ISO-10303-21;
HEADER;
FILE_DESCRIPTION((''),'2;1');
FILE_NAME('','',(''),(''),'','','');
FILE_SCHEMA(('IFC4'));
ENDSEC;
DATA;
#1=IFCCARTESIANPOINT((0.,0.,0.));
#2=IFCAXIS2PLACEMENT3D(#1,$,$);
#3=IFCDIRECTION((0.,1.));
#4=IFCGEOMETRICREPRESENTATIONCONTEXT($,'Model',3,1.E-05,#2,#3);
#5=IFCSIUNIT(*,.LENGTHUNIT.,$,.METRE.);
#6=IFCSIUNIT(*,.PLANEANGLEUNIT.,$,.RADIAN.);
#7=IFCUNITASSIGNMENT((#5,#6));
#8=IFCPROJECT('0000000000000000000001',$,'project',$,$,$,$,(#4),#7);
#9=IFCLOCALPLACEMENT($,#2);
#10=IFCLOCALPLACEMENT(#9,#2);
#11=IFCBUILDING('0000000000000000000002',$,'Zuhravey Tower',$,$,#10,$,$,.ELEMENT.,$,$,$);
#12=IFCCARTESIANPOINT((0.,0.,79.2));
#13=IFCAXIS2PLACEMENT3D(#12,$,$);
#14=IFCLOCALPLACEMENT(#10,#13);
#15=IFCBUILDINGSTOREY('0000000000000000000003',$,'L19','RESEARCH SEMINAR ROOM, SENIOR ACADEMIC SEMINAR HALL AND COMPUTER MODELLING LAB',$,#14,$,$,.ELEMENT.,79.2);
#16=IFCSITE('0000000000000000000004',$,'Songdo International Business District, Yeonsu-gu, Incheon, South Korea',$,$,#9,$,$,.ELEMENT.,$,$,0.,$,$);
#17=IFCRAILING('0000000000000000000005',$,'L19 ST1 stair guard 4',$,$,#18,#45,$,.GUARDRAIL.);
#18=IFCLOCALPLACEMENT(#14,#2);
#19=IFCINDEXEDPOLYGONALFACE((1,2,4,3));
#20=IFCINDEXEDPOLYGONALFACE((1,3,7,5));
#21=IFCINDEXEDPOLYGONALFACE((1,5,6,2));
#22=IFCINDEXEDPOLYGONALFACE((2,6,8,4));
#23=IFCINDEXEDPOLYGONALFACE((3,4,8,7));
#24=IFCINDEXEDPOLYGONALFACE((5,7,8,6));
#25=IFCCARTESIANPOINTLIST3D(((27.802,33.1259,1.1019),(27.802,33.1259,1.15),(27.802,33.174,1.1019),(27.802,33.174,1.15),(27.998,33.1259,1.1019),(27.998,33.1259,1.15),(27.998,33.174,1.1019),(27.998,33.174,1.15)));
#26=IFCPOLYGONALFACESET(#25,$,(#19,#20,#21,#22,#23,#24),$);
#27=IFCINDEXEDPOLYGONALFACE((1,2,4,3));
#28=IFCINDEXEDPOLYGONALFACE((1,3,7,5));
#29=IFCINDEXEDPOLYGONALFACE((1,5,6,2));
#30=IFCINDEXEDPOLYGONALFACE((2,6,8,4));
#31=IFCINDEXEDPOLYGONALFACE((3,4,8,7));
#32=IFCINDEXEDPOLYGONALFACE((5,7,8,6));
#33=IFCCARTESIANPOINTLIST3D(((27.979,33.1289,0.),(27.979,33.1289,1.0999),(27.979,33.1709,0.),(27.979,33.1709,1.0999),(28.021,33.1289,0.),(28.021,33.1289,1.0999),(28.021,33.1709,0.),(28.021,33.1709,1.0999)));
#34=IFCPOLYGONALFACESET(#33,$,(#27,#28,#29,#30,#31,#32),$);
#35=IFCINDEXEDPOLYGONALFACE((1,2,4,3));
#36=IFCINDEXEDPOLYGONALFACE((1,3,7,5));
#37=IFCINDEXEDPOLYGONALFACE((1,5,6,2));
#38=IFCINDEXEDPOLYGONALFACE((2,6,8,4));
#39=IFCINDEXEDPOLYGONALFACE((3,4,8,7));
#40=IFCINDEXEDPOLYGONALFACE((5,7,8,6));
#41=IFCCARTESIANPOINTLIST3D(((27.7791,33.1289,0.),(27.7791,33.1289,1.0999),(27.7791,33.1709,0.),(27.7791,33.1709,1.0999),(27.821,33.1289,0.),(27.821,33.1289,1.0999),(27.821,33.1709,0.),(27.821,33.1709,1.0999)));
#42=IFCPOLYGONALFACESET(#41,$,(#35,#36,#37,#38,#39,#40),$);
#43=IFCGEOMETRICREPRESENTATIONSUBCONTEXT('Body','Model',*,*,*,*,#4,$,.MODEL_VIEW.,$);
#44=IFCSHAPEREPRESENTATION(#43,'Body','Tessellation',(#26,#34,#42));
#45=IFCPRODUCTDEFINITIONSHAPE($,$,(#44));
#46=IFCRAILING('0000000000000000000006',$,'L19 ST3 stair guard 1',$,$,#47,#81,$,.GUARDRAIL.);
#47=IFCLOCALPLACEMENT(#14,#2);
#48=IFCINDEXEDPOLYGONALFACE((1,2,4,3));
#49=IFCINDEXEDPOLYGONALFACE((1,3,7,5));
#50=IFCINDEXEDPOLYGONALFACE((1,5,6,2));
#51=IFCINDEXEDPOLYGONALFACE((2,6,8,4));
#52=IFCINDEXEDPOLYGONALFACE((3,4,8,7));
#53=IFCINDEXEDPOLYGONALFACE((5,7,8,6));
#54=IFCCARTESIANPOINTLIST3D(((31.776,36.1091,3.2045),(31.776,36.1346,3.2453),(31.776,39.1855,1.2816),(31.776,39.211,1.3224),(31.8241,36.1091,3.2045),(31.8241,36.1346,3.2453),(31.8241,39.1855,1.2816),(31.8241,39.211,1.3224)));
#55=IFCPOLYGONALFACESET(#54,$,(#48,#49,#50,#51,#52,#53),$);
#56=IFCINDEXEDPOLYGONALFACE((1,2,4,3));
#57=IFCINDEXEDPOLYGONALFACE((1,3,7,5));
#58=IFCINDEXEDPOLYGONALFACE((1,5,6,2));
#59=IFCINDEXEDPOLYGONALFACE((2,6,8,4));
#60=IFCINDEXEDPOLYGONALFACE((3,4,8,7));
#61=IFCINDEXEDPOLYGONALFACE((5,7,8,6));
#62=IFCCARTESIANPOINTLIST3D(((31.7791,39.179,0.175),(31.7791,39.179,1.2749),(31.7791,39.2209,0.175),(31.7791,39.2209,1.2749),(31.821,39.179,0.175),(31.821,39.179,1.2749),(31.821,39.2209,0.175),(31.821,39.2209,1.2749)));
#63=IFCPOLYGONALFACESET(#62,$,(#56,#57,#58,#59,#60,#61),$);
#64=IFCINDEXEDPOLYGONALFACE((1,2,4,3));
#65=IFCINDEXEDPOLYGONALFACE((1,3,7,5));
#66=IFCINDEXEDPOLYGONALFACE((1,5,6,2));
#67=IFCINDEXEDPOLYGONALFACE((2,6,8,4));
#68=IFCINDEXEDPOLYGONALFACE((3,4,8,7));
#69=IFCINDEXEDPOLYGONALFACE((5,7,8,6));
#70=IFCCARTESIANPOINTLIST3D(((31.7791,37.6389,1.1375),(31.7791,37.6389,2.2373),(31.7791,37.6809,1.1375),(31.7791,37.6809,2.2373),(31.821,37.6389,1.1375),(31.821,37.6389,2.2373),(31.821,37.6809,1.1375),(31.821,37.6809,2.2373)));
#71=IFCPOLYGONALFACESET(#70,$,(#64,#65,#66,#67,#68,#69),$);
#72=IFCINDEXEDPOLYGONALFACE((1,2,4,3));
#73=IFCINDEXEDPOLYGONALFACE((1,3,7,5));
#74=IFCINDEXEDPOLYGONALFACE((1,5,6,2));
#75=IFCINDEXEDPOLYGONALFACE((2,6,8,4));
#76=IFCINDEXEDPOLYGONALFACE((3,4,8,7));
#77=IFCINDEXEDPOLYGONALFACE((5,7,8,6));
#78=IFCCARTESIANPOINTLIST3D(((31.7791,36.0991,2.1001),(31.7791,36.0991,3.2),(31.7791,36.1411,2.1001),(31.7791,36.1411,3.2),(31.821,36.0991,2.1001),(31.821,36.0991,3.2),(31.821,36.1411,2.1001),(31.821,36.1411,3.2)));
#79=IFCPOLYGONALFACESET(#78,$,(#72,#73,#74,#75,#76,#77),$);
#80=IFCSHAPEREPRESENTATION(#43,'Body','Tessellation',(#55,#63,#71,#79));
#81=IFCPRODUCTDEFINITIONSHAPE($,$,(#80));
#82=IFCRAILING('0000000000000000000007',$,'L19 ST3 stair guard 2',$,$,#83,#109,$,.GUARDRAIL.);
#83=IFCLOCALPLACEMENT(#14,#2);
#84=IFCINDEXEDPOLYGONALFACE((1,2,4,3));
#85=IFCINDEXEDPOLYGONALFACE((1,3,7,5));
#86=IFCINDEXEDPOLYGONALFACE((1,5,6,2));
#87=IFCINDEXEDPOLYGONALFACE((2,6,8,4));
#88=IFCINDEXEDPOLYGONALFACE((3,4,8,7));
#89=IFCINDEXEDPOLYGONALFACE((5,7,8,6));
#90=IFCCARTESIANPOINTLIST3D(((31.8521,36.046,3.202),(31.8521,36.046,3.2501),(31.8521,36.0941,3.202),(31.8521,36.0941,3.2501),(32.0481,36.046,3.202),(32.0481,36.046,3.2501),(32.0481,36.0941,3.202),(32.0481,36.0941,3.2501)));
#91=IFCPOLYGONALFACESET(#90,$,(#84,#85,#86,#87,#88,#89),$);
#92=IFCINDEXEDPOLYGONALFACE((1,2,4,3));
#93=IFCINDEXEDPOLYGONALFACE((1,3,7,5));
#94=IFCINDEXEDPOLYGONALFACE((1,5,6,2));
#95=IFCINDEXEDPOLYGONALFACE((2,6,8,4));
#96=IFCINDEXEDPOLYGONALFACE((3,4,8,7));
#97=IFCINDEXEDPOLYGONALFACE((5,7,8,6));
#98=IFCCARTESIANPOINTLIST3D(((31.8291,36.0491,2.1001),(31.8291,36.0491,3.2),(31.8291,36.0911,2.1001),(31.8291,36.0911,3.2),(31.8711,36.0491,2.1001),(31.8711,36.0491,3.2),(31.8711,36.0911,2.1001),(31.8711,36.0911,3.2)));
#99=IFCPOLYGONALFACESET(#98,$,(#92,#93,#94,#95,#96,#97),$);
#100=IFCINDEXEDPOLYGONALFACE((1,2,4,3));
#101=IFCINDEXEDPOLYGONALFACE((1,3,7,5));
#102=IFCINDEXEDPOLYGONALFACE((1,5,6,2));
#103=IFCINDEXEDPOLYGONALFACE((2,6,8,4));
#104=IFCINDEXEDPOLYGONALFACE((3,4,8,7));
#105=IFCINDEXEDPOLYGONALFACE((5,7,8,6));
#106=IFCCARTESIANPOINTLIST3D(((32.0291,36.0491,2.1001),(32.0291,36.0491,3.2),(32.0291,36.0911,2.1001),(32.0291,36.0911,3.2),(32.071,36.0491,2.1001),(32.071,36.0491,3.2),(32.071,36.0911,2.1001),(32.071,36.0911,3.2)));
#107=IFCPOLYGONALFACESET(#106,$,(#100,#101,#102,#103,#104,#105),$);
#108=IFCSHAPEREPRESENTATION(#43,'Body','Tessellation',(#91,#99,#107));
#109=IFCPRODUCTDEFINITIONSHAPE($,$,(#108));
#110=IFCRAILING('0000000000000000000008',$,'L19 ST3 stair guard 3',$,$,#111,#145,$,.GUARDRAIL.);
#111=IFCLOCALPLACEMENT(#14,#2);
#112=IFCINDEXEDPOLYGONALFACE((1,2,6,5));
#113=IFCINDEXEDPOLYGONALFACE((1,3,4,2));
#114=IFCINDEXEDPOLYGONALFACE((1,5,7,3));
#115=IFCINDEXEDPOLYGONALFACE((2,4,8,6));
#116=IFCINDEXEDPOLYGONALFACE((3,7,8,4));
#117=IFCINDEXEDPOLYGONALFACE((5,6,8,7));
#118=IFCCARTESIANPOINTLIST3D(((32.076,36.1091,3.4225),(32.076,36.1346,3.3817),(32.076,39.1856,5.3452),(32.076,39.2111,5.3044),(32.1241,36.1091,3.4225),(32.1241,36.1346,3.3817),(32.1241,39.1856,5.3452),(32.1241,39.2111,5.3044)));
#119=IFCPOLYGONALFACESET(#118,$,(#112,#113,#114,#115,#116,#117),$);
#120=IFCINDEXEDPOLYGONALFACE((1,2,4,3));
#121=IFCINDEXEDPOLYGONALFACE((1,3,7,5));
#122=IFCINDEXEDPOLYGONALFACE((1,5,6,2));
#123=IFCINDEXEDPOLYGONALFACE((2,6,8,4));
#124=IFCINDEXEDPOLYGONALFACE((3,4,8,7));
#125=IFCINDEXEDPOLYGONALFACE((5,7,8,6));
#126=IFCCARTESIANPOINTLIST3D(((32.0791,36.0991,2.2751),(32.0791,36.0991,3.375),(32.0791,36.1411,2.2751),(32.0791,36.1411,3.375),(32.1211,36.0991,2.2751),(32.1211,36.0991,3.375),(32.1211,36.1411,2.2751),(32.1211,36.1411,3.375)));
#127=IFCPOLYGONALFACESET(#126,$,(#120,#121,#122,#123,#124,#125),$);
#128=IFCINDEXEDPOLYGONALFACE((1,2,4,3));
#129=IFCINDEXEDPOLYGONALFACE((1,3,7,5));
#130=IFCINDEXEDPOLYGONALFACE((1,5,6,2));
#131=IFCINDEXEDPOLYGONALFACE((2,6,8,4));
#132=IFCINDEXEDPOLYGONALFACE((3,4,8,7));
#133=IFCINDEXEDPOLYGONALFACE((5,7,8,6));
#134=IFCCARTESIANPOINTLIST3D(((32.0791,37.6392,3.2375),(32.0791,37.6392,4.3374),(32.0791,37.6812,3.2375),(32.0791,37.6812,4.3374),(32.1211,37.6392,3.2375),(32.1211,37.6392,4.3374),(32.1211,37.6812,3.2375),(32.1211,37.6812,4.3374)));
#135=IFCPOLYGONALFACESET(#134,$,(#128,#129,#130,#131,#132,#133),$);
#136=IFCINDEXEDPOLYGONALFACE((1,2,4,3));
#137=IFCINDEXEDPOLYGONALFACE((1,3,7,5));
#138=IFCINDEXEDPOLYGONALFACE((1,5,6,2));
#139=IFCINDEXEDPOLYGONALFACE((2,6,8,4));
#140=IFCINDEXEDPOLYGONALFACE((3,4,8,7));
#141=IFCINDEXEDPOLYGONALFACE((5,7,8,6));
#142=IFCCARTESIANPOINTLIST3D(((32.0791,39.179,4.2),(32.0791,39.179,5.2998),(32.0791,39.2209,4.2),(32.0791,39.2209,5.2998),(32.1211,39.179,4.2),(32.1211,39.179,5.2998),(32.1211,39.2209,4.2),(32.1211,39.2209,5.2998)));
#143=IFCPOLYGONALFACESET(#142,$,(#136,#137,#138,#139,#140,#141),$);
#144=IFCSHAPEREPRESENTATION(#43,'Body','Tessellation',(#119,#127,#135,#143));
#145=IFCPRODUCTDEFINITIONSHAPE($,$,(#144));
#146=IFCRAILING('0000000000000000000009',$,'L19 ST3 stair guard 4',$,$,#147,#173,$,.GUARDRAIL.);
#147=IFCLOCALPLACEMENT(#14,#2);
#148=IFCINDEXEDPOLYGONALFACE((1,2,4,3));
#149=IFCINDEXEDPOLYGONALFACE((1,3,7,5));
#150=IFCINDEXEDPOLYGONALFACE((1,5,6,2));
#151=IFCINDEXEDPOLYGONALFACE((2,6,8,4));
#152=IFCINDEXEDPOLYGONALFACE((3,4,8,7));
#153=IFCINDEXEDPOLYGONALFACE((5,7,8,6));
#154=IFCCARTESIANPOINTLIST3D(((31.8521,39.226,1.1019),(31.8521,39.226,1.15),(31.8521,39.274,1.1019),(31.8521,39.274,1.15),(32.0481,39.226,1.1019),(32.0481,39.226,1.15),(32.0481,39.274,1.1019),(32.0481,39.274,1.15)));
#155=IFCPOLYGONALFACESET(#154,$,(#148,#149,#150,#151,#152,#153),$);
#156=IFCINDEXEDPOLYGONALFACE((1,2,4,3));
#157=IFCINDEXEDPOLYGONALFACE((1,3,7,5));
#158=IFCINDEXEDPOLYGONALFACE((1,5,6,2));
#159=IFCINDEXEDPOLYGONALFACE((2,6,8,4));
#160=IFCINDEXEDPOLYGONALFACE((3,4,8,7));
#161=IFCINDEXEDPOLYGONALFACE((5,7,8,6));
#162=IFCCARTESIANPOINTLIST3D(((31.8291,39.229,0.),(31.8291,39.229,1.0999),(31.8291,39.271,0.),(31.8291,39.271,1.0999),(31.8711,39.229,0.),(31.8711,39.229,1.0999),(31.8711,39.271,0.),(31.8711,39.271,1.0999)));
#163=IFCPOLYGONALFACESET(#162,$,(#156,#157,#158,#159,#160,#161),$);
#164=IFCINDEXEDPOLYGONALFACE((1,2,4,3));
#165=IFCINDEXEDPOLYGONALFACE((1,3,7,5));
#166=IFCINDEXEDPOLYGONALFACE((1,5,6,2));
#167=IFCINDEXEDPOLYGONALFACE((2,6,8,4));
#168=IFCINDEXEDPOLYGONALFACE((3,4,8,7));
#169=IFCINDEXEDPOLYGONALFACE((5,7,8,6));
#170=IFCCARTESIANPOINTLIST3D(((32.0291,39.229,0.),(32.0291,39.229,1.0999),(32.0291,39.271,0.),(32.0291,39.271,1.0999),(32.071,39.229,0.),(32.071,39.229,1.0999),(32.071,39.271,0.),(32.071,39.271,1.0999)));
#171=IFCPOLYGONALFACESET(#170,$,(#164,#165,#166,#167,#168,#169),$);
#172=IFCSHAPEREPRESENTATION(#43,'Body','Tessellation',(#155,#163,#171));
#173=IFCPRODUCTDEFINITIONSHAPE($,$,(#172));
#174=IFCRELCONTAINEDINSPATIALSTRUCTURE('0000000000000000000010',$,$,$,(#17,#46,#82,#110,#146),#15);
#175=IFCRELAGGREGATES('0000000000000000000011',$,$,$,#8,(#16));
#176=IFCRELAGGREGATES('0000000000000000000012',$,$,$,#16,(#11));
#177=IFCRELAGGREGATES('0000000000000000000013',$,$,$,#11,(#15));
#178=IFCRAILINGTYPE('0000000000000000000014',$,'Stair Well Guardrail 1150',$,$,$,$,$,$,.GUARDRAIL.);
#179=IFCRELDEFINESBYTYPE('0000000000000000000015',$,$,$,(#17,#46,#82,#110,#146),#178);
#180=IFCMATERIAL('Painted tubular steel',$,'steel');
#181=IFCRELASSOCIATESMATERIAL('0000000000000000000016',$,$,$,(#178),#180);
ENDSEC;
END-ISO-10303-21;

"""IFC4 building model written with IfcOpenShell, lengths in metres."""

from ifc_helpers import new_model, si_unit, direction, frame, origin, origin_2d, place, context, subcontext, project, spatial, rectangle, extrude, material, type_object, element, save


model = new_model("IFC4")

# Units and contexts
model_context = context("Model", 3, precision=1e-05, world=origin(), true_north=direction((0.0, 1.0)))
body_context = subcontext(model_context, "Body", "Model", "MODEL_VIEW")
ifc_project = project(units=[si_unit("LENGTHUNIT", "METRE"), si_unit("PLANEANGLEUNIT", "RADIAN")], contexts=[model_context])

# Site, building, storey
site_placement = place(None, origin())
site = spatial("IfcSite", under=ifc_project, at=site_placement, Name="Songdo International Business District, Yeonsu-gu, Incheon, South Korea", CompositionType="ELEMENT", RefElevation=0.0)
building_placement = place(site_placement, origin())
building = spatial("IfcBuilding", under=site, at=building_placement, Name="Zuhravey Tower", CompositionType="ELEMENT")
storey_placement = place(building_placement, frame((0.0, 0.0, 79.2)))
storey = spatial("IfcBuildingStorey", under=building, at=storey_placement, Name="L19", Description="RESEARCH SEMINAR ROOM, SENIOR ACADEMIC SEMINAR HALL AND COMPUTER MODELLING LAB", CompositionType="ELEMENT", Elevation=79.2)

# Railings
ifc_material_1 = material(Name="Painted tubular steel", Category="steel")
railing_type_1 = type_object("IfcRailingType", Name="Stair Well Guardrail 1150", PredefinedType="GUARDRAIL", material=ifc_material_1)
railing_1_placement = place(storey_placement, frame((28.0, 33.1499, 0.0)))
element("IfcRailing", 1, at=railing_1_placement, inside=storey, type_object=railing_type_1, Name="L19 ST1 stair guard 4", PredefinedType="GUARDRAIL", context=body_context, shape_type="SweptSolid", body=[
    extrude(rectangle(XDim=0.0481, YDim=0.0481, at=origin_2d()), frame((-0.002, 0.0, 1.126), z_axis=(-1.0, 0.0, 0.0), x_axis=(0.0, -1.0, 0.0)), (0.0, 0.0, 1.0), 0.196),
    extrude(rectangle(XDim=0.042, YDim=0.042, at=origin_2d()), origin(), (0.0, 0.0, 1.0), 1.0999),
    extrude(rectangle(XDim=0.042, YDim=0.042, at=origin_2d()), frame((-0.2, 0.0, 0.0)), (0.0, 0.0, 1.0), 1.0999),
])
railing_2_placement = place(storey_placement, frame((31.8, 39.2, 0.175)))
element("IfcRailing", 2, at=railing_2_placement, inside=storey, type_object=railing_type_1, Name="L19 ST3 stair guard 1", PredefinedType="GUARDRAIL", context=body_context, shape_type="SweptSolid", body=[
    extrude(rectangle(XDim=0.0481, YDim=0.0481, at=origin_2d()), frame((0.0, -0.0017, 1.127), z_axis=(0.0, -0.847979, 0.530029), x_axis=(1.0, 0.0, 0.0)), (0.0, 0.0, 1.0), 3.6279),
    extrude(rectangle(XDim=0.042, YDim=0.042, at=origin_2d()), origin(), (0.0, 0.0, 1.0), 1.0999),
    extrude(rectangle(XDim=0.042, YDim=0.042, at=origin_2d()), frame((0.0, -1.54, 0.9624)), (0.0, 0.0, 1.0), 1.0999),
    extrude(rectangle(XDim=0.042, YDim=0.042, at=origin_2d()), frame((0.0, -3.0798, 1.925)), (0.0, 0.0, 1.0), 1.0999),
])
railing_3_placement = place(storey_placement, frame((31.8501, 36.0701, 2.1001)))
element("IfcRailing", 3, at=railing_3_placement, inside=storey, type_object=railing_type_1, Name="L19 ST3 stair guard 2", PredefinedType="GUARDRAIL", context=body_context, shape_type="SweptSolid", body=[
    extrude(rectangle(XDim=0.0481, YDim=0.0481, at=origin_2d()), frame((0.002, 0.0, 1.126), z_axis=(1.0, 0.0, 0.0), x_axis=(0.0, 1.0, 0.0)), (0.0, 0.0, 1.0), 0.196),
    extrude(rectangle(XDim=0.042, YDim=0.042, at=origin_2d()), origin(), (0.0, 0.0, 1.0), 1.0999),
    extrude(rectangle(XDim=0.042, YDim=0.042, at=origin_2d()), frame((0.2, 0.0, 0.0)), (0.0, 0.0, 1.0), 1.0999),
])
railing_4_placement = place(storey_placement, frame((32.1001, 36.1201, 2.2751)))
element("IfcRailing", 4, at=railing_4_placement, inside=storey, type_object=railing_type_1, Name="L19 ST3 stair guard 3", PredefinedType="GUARDRAIL", context=body_context, shape_type="SweptSolid", body=[
    extrude(rectangle(XDim=0.0481, YDim=0.0481, at=origin_2d()), frame((0.0, 0.0017, 1.127), z_axis=(0.0, 0.84801, 0.529981), x_axis=(-1.0, 0.0, 0.0)), (0.0, 0.0, 1.0), 3.6279),
    extrude(rectangle(XDim=0.042, YDim=0.042, at=origin_2d()), origin(), (0.0, 0.0, 1.0), 1.0999),
    extrude(rectangle(XDim=0.042, YDim=0.042, at=origin_2d()), frame((0.0, 1.54, 0.9624)), (0.0, 0.0, 1.0), 1.0999),
    extrude(rectangle(XDim=0.042, YDim=0.042, at=origin_2d()), frame((0.0, 3.0798, 1.9248)), (0.0, 0.0, 1.0), 1.0999),
])
railing_5_placement = place(storey_placement, frame((31.8501, 39.25, 0.0)))
element("IfcRailing", 5, at=railing_5_placement, inside=storey, type_object=railing_type_1, Name="L19 ST3 stair guard 4", PredefinedType="GUARDRAIL", context=body_context, shape_type="SweptSolid", body=[
    extrude(rectangle(XDim=0.0481, YDim=0.0481, at=origin_2d()), frame((0.002, 0.0, 1.126), z_axis=(1.0, 0.0, 0.0), x_axis=(0.0, 1.0, 0.0)), (0.0, 0.0, 1.0), 0.196),
    extrude(rectangle(XDim=0.042, YDim=0.042, at=origin_2d()), origin(), (0.0, 0.0, 1.0), 1.0999),
    extrude(rectangle(XDim=0.042, YDim=0.042, at=origin_2d()), frame((0.2, 0.0, 0.0)), (0.0, 0.0, 1.0), 1.0999),
])

save(model, "model.ifc")
